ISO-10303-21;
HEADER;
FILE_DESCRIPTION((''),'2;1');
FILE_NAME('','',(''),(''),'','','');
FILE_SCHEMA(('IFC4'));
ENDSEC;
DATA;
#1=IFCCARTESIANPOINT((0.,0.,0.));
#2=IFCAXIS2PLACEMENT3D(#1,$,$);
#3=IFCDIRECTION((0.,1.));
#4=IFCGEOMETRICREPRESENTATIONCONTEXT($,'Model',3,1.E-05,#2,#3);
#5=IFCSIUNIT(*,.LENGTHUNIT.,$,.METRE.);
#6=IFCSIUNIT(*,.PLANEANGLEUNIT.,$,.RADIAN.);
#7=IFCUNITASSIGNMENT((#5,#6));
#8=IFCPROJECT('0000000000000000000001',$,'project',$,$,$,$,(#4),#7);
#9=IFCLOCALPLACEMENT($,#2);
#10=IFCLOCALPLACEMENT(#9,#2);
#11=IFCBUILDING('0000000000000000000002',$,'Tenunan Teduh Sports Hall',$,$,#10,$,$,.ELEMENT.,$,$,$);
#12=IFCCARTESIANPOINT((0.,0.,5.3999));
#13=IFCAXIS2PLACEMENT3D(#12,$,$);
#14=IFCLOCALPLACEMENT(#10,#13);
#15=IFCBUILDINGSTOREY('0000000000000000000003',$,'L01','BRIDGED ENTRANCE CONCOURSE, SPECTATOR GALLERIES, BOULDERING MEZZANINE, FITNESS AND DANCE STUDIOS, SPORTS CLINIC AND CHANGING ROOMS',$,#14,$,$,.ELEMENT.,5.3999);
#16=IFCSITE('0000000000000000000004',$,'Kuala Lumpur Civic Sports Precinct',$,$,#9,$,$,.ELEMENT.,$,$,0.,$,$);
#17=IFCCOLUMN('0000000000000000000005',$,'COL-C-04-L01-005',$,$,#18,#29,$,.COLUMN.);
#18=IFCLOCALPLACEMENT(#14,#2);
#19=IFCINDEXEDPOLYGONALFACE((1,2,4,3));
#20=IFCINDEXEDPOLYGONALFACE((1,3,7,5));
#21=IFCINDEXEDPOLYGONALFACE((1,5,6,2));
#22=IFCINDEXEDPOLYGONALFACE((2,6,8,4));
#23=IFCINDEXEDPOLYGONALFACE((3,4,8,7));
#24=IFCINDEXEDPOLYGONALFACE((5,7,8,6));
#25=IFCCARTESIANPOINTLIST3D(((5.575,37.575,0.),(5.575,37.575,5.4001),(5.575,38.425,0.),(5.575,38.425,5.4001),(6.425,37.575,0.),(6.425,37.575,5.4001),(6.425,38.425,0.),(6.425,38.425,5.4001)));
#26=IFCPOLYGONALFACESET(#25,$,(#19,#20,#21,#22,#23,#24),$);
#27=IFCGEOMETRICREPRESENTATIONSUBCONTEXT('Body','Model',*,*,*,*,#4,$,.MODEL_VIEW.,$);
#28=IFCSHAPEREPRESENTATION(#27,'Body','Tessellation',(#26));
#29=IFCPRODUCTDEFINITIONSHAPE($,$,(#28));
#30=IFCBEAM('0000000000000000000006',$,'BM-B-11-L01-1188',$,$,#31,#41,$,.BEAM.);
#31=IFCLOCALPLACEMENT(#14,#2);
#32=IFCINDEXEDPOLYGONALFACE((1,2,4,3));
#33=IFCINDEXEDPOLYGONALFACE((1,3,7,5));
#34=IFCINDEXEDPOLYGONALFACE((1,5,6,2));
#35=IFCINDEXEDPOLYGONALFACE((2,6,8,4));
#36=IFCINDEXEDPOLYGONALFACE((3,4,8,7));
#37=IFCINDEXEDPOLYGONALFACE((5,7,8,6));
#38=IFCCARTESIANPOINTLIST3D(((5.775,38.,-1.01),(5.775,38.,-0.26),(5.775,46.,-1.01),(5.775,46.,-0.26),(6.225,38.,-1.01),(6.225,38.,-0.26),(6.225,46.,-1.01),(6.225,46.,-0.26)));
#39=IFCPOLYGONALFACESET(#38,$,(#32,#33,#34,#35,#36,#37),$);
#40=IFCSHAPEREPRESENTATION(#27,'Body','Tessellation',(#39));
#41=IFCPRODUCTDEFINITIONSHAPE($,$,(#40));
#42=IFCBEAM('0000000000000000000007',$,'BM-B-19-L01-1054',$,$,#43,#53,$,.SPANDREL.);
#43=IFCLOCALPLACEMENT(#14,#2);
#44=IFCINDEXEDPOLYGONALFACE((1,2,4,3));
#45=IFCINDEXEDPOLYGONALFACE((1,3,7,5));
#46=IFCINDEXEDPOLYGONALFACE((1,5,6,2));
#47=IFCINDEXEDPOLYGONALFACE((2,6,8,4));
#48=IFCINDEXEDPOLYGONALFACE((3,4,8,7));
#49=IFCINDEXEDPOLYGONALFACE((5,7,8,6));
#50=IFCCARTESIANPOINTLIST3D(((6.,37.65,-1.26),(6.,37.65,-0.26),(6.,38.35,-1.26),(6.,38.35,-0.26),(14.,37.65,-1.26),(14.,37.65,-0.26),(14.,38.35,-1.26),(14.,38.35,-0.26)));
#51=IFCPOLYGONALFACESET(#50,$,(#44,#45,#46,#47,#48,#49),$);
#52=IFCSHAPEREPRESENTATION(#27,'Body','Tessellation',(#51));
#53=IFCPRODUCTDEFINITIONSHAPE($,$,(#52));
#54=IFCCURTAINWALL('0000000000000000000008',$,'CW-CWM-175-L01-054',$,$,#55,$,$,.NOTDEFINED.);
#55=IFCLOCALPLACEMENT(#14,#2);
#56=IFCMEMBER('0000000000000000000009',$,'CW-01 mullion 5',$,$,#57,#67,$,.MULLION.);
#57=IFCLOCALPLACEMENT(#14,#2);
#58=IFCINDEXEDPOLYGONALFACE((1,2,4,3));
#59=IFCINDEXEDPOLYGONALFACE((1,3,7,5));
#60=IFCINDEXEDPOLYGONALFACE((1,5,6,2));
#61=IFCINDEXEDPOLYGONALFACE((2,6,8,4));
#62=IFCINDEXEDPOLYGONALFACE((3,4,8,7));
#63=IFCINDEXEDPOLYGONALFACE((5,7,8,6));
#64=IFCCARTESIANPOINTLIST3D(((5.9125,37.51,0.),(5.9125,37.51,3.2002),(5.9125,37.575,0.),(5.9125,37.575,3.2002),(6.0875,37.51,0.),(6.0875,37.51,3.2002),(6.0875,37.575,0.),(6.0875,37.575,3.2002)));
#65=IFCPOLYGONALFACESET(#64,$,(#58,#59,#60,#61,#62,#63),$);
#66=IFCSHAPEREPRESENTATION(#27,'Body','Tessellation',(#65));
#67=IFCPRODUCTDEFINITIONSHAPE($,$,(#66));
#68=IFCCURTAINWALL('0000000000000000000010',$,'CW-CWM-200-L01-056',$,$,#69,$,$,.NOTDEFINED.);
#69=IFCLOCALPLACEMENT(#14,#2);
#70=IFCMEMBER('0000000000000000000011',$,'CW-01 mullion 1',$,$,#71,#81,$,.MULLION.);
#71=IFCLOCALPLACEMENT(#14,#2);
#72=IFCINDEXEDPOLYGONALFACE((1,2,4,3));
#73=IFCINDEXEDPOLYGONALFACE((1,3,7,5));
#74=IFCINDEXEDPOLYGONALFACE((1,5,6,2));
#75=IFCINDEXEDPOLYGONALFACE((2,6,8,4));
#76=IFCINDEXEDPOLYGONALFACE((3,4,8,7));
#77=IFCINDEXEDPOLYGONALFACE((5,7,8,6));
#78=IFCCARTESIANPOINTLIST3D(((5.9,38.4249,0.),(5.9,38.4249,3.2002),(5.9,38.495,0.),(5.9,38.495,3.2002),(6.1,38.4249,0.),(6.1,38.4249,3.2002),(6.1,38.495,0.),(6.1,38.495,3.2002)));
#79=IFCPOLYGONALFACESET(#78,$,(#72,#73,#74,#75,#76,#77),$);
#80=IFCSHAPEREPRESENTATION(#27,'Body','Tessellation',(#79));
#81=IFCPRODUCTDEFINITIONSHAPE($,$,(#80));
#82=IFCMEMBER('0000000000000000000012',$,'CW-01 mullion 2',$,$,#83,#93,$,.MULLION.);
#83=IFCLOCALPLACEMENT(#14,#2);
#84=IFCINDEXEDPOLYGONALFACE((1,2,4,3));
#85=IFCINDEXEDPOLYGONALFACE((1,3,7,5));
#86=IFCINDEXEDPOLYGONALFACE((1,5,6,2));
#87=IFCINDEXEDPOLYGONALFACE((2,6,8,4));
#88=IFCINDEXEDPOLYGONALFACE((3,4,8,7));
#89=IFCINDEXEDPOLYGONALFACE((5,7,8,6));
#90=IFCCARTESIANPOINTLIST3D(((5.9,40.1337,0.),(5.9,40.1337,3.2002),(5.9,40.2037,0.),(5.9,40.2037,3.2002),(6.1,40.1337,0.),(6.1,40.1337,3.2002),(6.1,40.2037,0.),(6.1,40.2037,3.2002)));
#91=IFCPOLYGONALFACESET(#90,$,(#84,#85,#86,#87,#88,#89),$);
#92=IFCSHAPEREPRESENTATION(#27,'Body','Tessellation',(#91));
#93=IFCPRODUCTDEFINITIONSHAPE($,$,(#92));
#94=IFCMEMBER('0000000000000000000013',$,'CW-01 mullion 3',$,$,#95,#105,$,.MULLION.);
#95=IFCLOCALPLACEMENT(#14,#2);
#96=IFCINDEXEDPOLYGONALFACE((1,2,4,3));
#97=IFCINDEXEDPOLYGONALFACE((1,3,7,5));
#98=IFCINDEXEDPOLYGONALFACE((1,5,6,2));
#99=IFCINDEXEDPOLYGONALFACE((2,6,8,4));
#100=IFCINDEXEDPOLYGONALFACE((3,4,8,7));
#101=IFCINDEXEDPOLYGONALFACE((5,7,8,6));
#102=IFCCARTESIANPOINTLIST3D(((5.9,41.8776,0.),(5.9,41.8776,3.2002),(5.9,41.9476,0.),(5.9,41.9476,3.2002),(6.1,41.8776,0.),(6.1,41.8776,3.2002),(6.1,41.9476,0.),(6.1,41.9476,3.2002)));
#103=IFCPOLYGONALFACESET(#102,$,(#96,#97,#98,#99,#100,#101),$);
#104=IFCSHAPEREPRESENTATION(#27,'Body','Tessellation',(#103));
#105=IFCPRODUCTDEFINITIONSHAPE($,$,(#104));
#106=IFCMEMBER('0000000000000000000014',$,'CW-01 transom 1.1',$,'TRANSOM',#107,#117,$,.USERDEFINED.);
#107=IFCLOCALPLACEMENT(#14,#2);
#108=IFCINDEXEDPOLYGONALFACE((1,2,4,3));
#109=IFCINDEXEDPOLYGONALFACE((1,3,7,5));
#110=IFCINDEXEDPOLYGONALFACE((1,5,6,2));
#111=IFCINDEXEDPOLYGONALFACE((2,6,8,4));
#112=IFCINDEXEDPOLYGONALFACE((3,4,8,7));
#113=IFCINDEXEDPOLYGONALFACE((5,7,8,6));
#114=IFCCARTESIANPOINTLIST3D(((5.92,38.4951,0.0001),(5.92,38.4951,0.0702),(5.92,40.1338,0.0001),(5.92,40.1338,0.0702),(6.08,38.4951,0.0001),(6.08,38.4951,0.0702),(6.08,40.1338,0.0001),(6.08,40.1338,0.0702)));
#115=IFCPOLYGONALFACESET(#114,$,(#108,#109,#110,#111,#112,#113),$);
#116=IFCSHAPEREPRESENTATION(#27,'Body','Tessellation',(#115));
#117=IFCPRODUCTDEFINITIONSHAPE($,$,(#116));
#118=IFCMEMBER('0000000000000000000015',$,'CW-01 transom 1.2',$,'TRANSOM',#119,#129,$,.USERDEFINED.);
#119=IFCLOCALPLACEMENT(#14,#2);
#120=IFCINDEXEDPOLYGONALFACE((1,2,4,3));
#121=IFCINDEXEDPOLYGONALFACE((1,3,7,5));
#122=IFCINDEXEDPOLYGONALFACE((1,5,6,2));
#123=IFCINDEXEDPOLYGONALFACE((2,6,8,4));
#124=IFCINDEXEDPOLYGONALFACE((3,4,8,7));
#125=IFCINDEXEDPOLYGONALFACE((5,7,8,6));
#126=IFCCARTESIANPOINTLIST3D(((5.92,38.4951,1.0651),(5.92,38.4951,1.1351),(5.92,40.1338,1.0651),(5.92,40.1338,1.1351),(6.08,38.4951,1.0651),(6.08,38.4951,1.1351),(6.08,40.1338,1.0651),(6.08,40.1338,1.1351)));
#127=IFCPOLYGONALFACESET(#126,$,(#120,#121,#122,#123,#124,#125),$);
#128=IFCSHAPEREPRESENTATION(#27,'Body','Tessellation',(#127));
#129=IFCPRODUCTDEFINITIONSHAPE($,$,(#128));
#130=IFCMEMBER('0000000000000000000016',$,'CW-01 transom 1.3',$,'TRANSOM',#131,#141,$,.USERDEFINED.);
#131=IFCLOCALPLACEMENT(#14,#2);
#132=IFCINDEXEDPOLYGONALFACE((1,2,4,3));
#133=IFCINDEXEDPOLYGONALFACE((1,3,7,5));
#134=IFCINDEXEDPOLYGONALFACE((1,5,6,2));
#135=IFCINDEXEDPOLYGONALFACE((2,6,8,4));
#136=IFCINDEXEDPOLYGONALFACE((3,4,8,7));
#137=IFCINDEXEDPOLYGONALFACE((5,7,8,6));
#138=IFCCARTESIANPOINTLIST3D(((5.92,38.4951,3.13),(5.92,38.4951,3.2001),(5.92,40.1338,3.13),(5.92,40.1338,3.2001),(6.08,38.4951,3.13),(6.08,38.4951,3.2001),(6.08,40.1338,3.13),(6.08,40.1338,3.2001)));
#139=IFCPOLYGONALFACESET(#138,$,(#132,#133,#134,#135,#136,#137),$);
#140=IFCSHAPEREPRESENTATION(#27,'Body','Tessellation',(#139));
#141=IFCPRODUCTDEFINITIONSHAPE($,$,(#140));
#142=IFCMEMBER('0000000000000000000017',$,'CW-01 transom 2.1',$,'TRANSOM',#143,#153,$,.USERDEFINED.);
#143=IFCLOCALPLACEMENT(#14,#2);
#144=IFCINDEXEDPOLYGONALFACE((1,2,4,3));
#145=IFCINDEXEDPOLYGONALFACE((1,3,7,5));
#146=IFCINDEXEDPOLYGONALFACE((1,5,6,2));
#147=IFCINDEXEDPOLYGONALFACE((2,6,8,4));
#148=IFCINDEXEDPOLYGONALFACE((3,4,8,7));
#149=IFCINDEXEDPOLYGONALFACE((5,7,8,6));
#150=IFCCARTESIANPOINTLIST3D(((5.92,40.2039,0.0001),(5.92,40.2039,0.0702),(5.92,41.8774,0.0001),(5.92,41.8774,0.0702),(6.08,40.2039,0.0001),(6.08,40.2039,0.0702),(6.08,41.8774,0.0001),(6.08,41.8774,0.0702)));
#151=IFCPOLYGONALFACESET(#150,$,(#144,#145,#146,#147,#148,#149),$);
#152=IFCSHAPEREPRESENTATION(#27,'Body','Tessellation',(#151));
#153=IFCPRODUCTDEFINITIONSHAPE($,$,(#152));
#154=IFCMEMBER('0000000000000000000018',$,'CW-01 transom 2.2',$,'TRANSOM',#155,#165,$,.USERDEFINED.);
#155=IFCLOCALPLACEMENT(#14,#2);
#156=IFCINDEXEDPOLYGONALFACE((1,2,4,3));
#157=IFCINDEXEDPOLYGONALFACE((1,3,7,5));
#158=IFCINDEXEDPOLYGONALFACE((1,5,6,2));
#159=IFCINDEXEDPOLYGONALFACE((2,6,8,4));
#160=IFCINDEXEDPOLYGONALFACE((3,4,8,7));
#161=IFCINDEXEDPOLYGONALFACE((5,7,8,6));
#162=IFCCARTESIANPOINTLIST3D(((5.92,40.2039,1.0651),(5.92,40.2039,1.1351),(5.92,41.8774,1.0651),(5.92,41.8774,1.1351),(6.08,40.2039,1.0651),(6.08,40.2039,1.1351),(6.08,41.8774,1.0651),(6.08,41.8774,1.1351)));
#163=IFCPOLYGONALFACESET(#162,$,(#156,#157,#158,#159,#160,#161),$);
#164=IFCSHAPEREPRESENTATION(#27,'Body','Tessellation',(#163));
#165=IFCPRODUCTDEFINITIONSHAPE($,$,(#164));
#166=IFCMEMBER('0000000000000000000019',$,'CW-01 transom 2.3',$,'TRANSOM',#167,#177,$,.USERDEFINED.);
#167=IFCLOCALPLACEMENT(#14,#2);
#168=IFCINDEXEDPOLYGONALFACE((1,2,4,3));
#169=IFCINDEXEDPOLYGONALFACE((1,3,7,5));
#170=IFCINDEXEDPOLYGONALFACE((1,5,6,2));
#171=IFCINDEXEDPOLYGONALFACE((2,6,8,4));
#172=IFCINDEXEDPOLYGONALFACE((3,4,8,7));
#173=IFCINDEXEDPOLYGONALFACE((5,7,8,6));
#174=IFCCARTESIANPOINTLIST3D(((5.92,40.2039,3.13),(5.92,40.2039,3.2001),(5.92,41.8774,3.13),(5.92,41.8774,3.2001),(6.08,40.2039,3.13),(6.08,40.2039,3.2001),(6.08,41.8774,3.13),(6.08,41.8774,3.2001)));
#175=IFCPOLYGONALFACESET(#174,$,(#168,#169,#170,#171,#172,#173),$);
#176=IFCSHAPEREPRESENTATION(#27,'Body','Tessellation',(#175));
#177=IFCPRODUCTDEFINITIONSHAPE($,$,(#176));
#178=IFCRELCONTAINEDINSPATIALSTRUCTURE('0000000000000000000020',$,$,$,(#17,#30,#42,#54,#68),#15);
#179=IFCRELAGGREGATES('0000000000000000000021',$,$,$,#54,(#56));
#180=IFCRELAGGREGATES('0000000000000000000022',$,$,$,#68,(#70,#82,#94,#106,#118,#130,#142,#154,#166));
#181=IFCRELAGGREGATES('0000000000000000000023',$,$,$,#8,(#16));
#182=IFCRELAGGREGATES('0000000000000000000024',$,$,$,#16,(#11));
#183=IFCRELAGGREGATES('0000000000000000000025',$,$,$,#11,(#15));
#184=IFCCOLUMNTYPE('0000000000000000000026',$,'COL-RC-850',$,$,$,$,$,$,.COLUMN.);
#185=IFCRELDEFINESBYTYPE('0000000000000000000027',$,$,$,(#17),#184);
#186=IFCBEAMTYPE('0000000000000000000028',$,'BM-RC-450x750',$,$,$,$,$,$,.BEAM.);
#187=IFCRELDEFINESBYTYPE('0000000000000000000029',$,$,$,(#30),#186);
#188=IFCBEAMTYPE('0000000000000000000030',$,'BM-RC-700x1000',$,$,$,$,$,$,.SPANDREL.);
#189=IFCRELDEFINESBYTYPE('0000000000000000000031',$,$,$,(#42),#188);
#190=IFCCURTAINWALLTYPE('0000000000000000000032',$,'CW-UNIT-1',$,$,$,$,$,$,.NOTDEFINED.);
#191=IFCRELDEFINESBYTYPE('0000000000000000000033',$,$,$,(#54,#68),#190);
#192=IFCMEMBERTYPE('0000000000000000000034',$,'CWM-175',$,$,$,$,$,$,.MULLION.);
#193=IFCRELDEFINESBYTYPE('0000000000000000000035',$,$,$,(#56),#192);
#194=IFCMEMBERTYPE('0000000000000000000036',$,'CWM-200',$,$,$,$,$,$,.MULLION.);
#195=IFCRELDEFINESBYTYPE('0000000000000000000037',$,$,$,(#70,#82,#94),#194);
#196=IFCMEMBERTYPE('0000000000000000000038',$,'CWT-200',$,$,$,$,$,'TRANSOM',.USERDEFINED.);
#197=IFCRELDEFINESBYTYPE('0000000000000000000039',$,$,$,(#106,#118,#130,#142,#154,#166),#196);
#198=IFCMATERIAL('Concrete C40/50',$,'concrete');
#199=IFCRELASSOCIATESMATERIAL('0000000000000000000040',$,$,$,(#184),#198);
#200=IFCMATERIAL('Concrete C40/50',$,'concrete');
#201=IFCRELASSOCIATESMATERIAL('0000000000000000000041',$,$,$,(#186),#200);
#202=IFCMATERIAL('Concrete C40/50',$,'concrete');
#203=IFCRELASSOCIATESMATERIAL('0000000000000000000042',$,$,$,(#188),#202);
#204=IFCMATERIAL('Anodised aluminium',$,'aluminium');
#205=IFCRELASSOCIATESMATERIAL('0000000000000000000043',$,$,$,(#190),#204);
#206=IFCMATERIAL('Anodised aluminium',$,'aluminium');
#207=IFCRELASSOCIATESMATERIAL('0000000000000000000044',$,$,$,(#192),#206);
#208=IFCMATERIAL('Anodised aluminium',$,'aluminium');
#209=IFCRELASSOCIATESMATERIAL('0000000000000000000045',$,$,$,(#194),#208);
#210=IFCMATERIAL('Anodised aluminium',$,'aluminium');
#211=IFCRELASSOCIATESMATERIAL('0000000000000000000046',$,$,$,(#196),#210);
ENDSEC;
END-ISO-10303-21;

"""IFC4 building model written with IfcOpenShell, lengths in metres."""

from ifc_helpers import new_model, si_unit, direction, frame, origin, origin_2d, place, context, subcontext, project, spatial, rectangle, extrude, material, material_profile, profile_set, type_object, element, aggregate, save


model = new_model("IFC4")

# Units and contexts
model_context = context("Model", 3, precision=1e-05, world=origin(), true_north=direction((0.0, 1.0)))
body_context = subcontext(model_context, "Body", "Model", "MODEL_VIEW")
ifc_project = project(units=[si_unit("LENGTHUNIT", "METRE"), si_unit("PLANEANGLEUNIT", "RADIAN")], contexts=[model_context])

# Site, building, storey
site_placement = place(None, origin())
site = spatial("IfcSite", under=ifc_project, at=site_placement, Name="Kuala Lumpur Civic Sports Precinct", CompositionType="ELEMENT", RefElevation=0.0)
building_placement = place(site_placement, origin())
building = spatial("IfcBuilding", under=site, at=building_placement, Name="Tenunan Teduh Sports Hall", CompositionType="ELEMENT")
storey_placement = place(building_placement, frame((0.0, 0.0, 5.3999)))
storey = spatial("IfcBuildingStorey", under=building, at=storey_placement, Name="L01", Description="BRIDGED ENTRANCE CONCOURSE, SPECTATOR GALLERIES, BOULDERING MEZZANINE, FITNESS AND DANCE STUDIOS, SPORTS CLINIC AND CHANGING ROOMS", CompositionType="ELEMENT", Elevation=5.3999)

# Column
ifc_material_1 = material(Name="Concrete C40/50", Category="concrete")
ifc_material_profile_1 = material_profile(ifc_material_1, rectangle(XDim=0.8501, YDim=0.8501, at=origin_2d()), Name="RC 850x850")
ifc_profile_set_1 = profile_set([ifc_material_profile_1], Name="Concrete C40/50")
column_type = type_object("IfcColumnType", Name="COL-RC-850", PredefinedType="COLUMN", material=ifc_profile_set_1)
column_placement = place(storey_placement, frame((6.0, 38.0, 0.0), z_axis=(0.0, 0.0, 1.0), x_axis=(1.0, 0.0, 0.0)))
element("IfcColumn", 1, at=column_placement, inside=storey, type_object=column_type, Name="COL-C-04-L01-005", PredefinedType="COLUMN", context=body_context, shape_type="SweptSolid", body=[
    extrude(rectangle(XDim=0.8501, YDim=0.8501, at=origin_2d()), origin(), (0.0, 0.0, 1.0), 5.4001),
])

# Beams
ifc_material_2 = material(Name="Concrete C40/50", Category="concrete")
ifc_material_profile_2 = material_profile(ifc_material_2, rectangle(XDim=0.45, YDim=0.75, at=origin_2d()), Name="RCB 450x750")
ifc_profile_set_2 = profile_set([ifc_material_profile_2], Name="Concrete C40/50")
beam_type_1 = type_object("IfcBeamType", Name="BM-RC-450x750", PredefinedType="BEAM", material=ifc_profile_set_2)
beam_1_placement = place(storey_placement, frame((6.0, 38.0, -0.635), z_axis=(0.0, 1.0, 0.0), x_axis=(-1.0, 0.0, 0.0)))
element("IfcBeam", 2, at=beam_1_placement, inside=storey, type_object=beam_type_1, Name="BM-B-11-L01-1188", PredefinedType="BEAM", context=body_context, shape_type="SweptSolid", body=[
    extrude(rectangle(XDim=0.45, YDim=0.75, at=origin_2d()), origin(), (0.0, 0.0, 1.0), 8.0),
])
ifc_material_3 = material(Name="Concrete C40/50", Category="concrete")
ifc_material_profile_3 = material_profile(ifc_material_3, rectangle(XDim=0.7, YDim=1.0, at=origin_2d()), Name="RCB 700x1000")
ifc_profile_set_3 = profile_set([ifc_material_profile_3], Name="Concrete C40/50")
beam_type_2 = type_object("IfcBeamType", Name="BM-RC-700x1000", PredefinedType="SPANDREL", material=ifc_profile_set_3)
beam_2_placement = place(storey_placement, frame((6.0, 38.0, -0.76), z_axis=(1.0, 0.0, 0.0), x_axis=(0.0, 1.0, 0.0)))
element("IfcBeam", 3, at=beam_2_placement, inside=storey, type_object=beam_type_2, Name="BM-B-19-L01-1054", PredefinedType="SPANDREL", context=body_context, shape_type="SweptSolid", body=[
    extrude(rectangle(XDim=0.7, YDim=1.0, at=origin_2d()), origin(), (0.0, 0.0, 1.0), 8.0),
])

# Curtain wall, member
ifc_material_4 = material(Name="Anodised aluminium", Category="aluminium")
curtain_wall_type = type_object("IfcCurtainWallType", Name="CW-UNIT-1", PredefinedType="NOTDEFINED", material=ifc_material_4)
curtain_wall_1_placement = place(storey_placement, origin())
curtain_wall_1 = element("IfcCurtainWall", 4, at=curtain_wall_1_placement, inside=storey, type_object=curtain_wall_type, Name="CW-CWM-175-L01-054", PredefinedType="NOTDEFINED")
ifc_material_5 = material(Name="Anodised aluminium", Category="aluminium")
ifc_material_profile_4 = material_profile(ifc_material_5, rectangle(XDim=0.0649, YDim=0.175, at=origin_2d()), Name="CWM 65x175")
ifc_profile_set_4 = profile_set([ifc_material_profile_4], Name="Anodised aluminium")
member_type_1 = type_object("IfcMemberType", Name="CWM-175", PredefinedType="MULLION", material=ifc_profile_set_4)
member_1_placement = place(storey_placement, frame((6.0, 37.5425, 0.0), z_axis=(0.0, 0.0, 1.0), x_axis=(0.0, 1.0, 0.0)))
member_1 = element("IfcMember", 5, at=member_1_placement, type_object=member_type_1, Name="CW-01 mullion 5", PredefinedType="MULLION", context=body_context, shape_type="SweptSolid", body=[
    extrude(rectangle(XDim=0.0649, YDim=0.175, at=origin_2d()), origin(), (0.0, 0.0, 1.0), 3.2002),
])

# Curtain wall, members
curtain_wall_2_placement = place(storey_placement, origin())
curtain_wall_2 = element("IfcCurtainWall", 6, at=curtain_wall_2_placement, inside=storey, type_object=curtain_wall_type, Name="CW-CWM-200-L01-056", PredefinedType="NOTDEFINED")
ifc_material_6 = material(Name="Anodised aluminium", Category="aluminium")
ifc_material_profile_5 = material_profile(ifc_material_6, rectangle(XDim=0.0701, YDim=0.2, at=origin_2d()), Name="CWM 70x200")
ifc_profile_set_5 = profile_set([ifc_material_profile_5], Name="Anodised aluminium")
member_type_2 = type_object("IfcMemberType", Name="CWM-200", PredefinedType="MULLION", material=ifc_profile_set_5)
member_2_placement = place(storey_placement, frame((6.0, 38.46, 0.0), z_axis=(0.0, 0.0, 1.0), x_axis=(0.0, 1.0, 0.0)))
member_2 = element("IfcMember", 7, at=member_2_placement, type_object=member_type_2, Name="CW-01 mullion 1", PredefinedType="MULLION", context=body_context, shape_type="SweptSolid", body=[
    extrude(rectangle(XDim=0.0701, YDim=0.2, at=origin_2d()), origin(), (0.0, 0.0, 1.0), 3.2002),
])
member_3_placement = place(storey_placement, frame((6.0, 40.1687, 0.0), z_axis=(0.0, 0.0, 1.0), x_axis=(0.0, 1.0, 0.0)))
member_3 = element("IfcMember", 8, at=member_3_placement, type_object=member_type_2, Name="CW-01 mullion 2", PredefinedType="MULLION", context=body_context, shape_type="SweptSolid", body=[
    extrude(rectangle(XDim=0.0701, YDim=0.2, at=origin_2d()), origin(), (0.0, 0.0, 1.0), 3.2002),
])
member_4_placement = place(storey_placement, frame((6.0, 41.9126, 0.0), z_axis=(0.0, 0.0, 1.0), x_axis=(0.0, 1.0, 0.0)))
member_4 = element("IfcMember", 9, at=member_4_placement, type_object=member_type_2, Name="CW-01 mullion 3", PredefinedType="MULLION", context=body_context, shape_type="SweptSolid", body=[
    extrude(rectangle(XDim=0.0701, YDim=0.2, at=origin_2d()), origin(), (0.0, 0.0, 1.0), 3.2002),
])
ifc_material_7 = material(Name="Anodised aluminium", Category="aluminium")
ifc_material_profile_6 = material_profile(ifc_material_7, rectangle(XDim=0.0701, YDim=0.1599, at=origin_2d()), Name="CWT 70x160")
ifc_profile_set_6 = profile_set([ifc_material_profile_6], Name="Anodised aluminium")
member_type_3 = type_object("IfcMemberType", Name="CWT-200", ElementType="TRANSOM", PredefinedType="USERDEFINED", material=ifc_profile_set_6)
member_5_placement = place(storey_placement, frame((6.0, 38.4951, 0.0352), z_axis=(0.0, 1.0, 0.0), x_axis=(0.0, 0.0, 1.0)))
member_5 = element("IfcMember", 10, at=member_5_placement, type_object=member_type_3, Name="CW-01 transom 1.1", ObjectType="TRANSOM", PredefinedType="USERDEFINED", context=body_context, shape_type="SweptSolid", body=[
    extrude(rectangle(XDim=0.0701, YDim=0.1599, at=origin_2d()), origin(), (0.0, 0.0, 1.0), 1.6387),
])
member_6_placement = place(storey_placement, frame((6.0, 38.4951, 1.1001), z_axis=(0.0, 1.0, 0.0), x_axis=(0.0, 0.0, 1.0)))
member_6 = element("IfcMember", 11, at=member_6_placement, type_object=member_type_3, Name="CW-01 transom 1.2", ObjectType="TRANSOM", PredefinedType="USERDEFINED", context=body_context, shape_type="SweptSolid", body=[
    extrude(rectangle(XDim=0.0701, YDim=0.1599, at=origin_2d()), origin(), (0.0, 0.0, 1.0), 1.6387),
])
member_7_placement = place(storey_placement, frame((6.0, 38.4951, 3.165), z_axis=(0.0, 1.0, 0.0), x_axis=(0.0, 0.0, 1.0)))
member_7 = element("IfcMember", 12, at=member_7_placement, type_object=member_type_3, Name="CW-01 transom 1.3", ObjectType="TRANSOM", PredefinedType="USERDEFINED", context=body_context, shape_type="SweptSolid", body=[
    extrude(rectangle(XDim=0.0701, YDim=0.1599, at=origin_2d()), origin(), (0.0, 0.0, 1.0), 1.6387),
])
member_8_placement = place(storey_placement, frame((6.0, 40.2039, 0.0352), z_axis=(0.0, 1.0, 0.0), x_axis=(0.0, 0.0, 1.0)))
member_8 = element("IfcMember", 13, at=member_8_placement, type_object=member_type_3, Name="CW-01 transom 2.1", ObjectType="TRANSOM", PredefinedType="USERDEFINED", context=body_context, shape_type="SweptSolid", body=[
    extrude(rectangle(XDim=0.0701, YDim=0.1599, at=origin_2d()), origin(), (0.0, 0.0, 1.0), 1.6736),
])
member_9_placement = place(storey_placement, frame((6.0, 40.2039, 1.1001), z_axis=(0.0, 1.0, 0.0), x_axis=(0.0, 0.0, 1.0)))
member_9 = element("IfcMember", 14, at=member_9_placement, type_object=member_type_3, Name="CW-01 transom 2.2", ObjectType="TRANSOM", PredefinedType="USERDEFINED", context=body_context, shape_type="SweptSolid", body=[
    extrude(rectangle(XDim=0.0701, YDim=0.1599, at=origin_2d()), origin(), (0.0, 0.0, 1.0), 1.6736),
])
member_10_placement = place(storey_placement, frame((6.0, 40.2039, 3.165), z_axis=(0.0, 1.0, 0.0), x_axis=(0.0, 0.0, 1.0)))
member_10 = element("IfcMember", 15, at=member_10_placement, type_object=member_type_3, Name="CW-01 transom 2.3", ObjectType="TRANSOM", PredefinedType="USERDEFINED", context=body_context, shape_type="SweptSolid", body=[
    extrude(rectangle(XDim=0.0701, YDim=0.1599, at=origin_2d()), origin(), (0.0, 0.0, 1.0), 1.6736),
])

aggregate(curtain_wall_1, [member_1])
aggregate(curtain_wall_2, [member_2, member_3, member_4, member_5, member_6, member_7, member_8, member_9, member_10])

save(model, "model.ifc")
